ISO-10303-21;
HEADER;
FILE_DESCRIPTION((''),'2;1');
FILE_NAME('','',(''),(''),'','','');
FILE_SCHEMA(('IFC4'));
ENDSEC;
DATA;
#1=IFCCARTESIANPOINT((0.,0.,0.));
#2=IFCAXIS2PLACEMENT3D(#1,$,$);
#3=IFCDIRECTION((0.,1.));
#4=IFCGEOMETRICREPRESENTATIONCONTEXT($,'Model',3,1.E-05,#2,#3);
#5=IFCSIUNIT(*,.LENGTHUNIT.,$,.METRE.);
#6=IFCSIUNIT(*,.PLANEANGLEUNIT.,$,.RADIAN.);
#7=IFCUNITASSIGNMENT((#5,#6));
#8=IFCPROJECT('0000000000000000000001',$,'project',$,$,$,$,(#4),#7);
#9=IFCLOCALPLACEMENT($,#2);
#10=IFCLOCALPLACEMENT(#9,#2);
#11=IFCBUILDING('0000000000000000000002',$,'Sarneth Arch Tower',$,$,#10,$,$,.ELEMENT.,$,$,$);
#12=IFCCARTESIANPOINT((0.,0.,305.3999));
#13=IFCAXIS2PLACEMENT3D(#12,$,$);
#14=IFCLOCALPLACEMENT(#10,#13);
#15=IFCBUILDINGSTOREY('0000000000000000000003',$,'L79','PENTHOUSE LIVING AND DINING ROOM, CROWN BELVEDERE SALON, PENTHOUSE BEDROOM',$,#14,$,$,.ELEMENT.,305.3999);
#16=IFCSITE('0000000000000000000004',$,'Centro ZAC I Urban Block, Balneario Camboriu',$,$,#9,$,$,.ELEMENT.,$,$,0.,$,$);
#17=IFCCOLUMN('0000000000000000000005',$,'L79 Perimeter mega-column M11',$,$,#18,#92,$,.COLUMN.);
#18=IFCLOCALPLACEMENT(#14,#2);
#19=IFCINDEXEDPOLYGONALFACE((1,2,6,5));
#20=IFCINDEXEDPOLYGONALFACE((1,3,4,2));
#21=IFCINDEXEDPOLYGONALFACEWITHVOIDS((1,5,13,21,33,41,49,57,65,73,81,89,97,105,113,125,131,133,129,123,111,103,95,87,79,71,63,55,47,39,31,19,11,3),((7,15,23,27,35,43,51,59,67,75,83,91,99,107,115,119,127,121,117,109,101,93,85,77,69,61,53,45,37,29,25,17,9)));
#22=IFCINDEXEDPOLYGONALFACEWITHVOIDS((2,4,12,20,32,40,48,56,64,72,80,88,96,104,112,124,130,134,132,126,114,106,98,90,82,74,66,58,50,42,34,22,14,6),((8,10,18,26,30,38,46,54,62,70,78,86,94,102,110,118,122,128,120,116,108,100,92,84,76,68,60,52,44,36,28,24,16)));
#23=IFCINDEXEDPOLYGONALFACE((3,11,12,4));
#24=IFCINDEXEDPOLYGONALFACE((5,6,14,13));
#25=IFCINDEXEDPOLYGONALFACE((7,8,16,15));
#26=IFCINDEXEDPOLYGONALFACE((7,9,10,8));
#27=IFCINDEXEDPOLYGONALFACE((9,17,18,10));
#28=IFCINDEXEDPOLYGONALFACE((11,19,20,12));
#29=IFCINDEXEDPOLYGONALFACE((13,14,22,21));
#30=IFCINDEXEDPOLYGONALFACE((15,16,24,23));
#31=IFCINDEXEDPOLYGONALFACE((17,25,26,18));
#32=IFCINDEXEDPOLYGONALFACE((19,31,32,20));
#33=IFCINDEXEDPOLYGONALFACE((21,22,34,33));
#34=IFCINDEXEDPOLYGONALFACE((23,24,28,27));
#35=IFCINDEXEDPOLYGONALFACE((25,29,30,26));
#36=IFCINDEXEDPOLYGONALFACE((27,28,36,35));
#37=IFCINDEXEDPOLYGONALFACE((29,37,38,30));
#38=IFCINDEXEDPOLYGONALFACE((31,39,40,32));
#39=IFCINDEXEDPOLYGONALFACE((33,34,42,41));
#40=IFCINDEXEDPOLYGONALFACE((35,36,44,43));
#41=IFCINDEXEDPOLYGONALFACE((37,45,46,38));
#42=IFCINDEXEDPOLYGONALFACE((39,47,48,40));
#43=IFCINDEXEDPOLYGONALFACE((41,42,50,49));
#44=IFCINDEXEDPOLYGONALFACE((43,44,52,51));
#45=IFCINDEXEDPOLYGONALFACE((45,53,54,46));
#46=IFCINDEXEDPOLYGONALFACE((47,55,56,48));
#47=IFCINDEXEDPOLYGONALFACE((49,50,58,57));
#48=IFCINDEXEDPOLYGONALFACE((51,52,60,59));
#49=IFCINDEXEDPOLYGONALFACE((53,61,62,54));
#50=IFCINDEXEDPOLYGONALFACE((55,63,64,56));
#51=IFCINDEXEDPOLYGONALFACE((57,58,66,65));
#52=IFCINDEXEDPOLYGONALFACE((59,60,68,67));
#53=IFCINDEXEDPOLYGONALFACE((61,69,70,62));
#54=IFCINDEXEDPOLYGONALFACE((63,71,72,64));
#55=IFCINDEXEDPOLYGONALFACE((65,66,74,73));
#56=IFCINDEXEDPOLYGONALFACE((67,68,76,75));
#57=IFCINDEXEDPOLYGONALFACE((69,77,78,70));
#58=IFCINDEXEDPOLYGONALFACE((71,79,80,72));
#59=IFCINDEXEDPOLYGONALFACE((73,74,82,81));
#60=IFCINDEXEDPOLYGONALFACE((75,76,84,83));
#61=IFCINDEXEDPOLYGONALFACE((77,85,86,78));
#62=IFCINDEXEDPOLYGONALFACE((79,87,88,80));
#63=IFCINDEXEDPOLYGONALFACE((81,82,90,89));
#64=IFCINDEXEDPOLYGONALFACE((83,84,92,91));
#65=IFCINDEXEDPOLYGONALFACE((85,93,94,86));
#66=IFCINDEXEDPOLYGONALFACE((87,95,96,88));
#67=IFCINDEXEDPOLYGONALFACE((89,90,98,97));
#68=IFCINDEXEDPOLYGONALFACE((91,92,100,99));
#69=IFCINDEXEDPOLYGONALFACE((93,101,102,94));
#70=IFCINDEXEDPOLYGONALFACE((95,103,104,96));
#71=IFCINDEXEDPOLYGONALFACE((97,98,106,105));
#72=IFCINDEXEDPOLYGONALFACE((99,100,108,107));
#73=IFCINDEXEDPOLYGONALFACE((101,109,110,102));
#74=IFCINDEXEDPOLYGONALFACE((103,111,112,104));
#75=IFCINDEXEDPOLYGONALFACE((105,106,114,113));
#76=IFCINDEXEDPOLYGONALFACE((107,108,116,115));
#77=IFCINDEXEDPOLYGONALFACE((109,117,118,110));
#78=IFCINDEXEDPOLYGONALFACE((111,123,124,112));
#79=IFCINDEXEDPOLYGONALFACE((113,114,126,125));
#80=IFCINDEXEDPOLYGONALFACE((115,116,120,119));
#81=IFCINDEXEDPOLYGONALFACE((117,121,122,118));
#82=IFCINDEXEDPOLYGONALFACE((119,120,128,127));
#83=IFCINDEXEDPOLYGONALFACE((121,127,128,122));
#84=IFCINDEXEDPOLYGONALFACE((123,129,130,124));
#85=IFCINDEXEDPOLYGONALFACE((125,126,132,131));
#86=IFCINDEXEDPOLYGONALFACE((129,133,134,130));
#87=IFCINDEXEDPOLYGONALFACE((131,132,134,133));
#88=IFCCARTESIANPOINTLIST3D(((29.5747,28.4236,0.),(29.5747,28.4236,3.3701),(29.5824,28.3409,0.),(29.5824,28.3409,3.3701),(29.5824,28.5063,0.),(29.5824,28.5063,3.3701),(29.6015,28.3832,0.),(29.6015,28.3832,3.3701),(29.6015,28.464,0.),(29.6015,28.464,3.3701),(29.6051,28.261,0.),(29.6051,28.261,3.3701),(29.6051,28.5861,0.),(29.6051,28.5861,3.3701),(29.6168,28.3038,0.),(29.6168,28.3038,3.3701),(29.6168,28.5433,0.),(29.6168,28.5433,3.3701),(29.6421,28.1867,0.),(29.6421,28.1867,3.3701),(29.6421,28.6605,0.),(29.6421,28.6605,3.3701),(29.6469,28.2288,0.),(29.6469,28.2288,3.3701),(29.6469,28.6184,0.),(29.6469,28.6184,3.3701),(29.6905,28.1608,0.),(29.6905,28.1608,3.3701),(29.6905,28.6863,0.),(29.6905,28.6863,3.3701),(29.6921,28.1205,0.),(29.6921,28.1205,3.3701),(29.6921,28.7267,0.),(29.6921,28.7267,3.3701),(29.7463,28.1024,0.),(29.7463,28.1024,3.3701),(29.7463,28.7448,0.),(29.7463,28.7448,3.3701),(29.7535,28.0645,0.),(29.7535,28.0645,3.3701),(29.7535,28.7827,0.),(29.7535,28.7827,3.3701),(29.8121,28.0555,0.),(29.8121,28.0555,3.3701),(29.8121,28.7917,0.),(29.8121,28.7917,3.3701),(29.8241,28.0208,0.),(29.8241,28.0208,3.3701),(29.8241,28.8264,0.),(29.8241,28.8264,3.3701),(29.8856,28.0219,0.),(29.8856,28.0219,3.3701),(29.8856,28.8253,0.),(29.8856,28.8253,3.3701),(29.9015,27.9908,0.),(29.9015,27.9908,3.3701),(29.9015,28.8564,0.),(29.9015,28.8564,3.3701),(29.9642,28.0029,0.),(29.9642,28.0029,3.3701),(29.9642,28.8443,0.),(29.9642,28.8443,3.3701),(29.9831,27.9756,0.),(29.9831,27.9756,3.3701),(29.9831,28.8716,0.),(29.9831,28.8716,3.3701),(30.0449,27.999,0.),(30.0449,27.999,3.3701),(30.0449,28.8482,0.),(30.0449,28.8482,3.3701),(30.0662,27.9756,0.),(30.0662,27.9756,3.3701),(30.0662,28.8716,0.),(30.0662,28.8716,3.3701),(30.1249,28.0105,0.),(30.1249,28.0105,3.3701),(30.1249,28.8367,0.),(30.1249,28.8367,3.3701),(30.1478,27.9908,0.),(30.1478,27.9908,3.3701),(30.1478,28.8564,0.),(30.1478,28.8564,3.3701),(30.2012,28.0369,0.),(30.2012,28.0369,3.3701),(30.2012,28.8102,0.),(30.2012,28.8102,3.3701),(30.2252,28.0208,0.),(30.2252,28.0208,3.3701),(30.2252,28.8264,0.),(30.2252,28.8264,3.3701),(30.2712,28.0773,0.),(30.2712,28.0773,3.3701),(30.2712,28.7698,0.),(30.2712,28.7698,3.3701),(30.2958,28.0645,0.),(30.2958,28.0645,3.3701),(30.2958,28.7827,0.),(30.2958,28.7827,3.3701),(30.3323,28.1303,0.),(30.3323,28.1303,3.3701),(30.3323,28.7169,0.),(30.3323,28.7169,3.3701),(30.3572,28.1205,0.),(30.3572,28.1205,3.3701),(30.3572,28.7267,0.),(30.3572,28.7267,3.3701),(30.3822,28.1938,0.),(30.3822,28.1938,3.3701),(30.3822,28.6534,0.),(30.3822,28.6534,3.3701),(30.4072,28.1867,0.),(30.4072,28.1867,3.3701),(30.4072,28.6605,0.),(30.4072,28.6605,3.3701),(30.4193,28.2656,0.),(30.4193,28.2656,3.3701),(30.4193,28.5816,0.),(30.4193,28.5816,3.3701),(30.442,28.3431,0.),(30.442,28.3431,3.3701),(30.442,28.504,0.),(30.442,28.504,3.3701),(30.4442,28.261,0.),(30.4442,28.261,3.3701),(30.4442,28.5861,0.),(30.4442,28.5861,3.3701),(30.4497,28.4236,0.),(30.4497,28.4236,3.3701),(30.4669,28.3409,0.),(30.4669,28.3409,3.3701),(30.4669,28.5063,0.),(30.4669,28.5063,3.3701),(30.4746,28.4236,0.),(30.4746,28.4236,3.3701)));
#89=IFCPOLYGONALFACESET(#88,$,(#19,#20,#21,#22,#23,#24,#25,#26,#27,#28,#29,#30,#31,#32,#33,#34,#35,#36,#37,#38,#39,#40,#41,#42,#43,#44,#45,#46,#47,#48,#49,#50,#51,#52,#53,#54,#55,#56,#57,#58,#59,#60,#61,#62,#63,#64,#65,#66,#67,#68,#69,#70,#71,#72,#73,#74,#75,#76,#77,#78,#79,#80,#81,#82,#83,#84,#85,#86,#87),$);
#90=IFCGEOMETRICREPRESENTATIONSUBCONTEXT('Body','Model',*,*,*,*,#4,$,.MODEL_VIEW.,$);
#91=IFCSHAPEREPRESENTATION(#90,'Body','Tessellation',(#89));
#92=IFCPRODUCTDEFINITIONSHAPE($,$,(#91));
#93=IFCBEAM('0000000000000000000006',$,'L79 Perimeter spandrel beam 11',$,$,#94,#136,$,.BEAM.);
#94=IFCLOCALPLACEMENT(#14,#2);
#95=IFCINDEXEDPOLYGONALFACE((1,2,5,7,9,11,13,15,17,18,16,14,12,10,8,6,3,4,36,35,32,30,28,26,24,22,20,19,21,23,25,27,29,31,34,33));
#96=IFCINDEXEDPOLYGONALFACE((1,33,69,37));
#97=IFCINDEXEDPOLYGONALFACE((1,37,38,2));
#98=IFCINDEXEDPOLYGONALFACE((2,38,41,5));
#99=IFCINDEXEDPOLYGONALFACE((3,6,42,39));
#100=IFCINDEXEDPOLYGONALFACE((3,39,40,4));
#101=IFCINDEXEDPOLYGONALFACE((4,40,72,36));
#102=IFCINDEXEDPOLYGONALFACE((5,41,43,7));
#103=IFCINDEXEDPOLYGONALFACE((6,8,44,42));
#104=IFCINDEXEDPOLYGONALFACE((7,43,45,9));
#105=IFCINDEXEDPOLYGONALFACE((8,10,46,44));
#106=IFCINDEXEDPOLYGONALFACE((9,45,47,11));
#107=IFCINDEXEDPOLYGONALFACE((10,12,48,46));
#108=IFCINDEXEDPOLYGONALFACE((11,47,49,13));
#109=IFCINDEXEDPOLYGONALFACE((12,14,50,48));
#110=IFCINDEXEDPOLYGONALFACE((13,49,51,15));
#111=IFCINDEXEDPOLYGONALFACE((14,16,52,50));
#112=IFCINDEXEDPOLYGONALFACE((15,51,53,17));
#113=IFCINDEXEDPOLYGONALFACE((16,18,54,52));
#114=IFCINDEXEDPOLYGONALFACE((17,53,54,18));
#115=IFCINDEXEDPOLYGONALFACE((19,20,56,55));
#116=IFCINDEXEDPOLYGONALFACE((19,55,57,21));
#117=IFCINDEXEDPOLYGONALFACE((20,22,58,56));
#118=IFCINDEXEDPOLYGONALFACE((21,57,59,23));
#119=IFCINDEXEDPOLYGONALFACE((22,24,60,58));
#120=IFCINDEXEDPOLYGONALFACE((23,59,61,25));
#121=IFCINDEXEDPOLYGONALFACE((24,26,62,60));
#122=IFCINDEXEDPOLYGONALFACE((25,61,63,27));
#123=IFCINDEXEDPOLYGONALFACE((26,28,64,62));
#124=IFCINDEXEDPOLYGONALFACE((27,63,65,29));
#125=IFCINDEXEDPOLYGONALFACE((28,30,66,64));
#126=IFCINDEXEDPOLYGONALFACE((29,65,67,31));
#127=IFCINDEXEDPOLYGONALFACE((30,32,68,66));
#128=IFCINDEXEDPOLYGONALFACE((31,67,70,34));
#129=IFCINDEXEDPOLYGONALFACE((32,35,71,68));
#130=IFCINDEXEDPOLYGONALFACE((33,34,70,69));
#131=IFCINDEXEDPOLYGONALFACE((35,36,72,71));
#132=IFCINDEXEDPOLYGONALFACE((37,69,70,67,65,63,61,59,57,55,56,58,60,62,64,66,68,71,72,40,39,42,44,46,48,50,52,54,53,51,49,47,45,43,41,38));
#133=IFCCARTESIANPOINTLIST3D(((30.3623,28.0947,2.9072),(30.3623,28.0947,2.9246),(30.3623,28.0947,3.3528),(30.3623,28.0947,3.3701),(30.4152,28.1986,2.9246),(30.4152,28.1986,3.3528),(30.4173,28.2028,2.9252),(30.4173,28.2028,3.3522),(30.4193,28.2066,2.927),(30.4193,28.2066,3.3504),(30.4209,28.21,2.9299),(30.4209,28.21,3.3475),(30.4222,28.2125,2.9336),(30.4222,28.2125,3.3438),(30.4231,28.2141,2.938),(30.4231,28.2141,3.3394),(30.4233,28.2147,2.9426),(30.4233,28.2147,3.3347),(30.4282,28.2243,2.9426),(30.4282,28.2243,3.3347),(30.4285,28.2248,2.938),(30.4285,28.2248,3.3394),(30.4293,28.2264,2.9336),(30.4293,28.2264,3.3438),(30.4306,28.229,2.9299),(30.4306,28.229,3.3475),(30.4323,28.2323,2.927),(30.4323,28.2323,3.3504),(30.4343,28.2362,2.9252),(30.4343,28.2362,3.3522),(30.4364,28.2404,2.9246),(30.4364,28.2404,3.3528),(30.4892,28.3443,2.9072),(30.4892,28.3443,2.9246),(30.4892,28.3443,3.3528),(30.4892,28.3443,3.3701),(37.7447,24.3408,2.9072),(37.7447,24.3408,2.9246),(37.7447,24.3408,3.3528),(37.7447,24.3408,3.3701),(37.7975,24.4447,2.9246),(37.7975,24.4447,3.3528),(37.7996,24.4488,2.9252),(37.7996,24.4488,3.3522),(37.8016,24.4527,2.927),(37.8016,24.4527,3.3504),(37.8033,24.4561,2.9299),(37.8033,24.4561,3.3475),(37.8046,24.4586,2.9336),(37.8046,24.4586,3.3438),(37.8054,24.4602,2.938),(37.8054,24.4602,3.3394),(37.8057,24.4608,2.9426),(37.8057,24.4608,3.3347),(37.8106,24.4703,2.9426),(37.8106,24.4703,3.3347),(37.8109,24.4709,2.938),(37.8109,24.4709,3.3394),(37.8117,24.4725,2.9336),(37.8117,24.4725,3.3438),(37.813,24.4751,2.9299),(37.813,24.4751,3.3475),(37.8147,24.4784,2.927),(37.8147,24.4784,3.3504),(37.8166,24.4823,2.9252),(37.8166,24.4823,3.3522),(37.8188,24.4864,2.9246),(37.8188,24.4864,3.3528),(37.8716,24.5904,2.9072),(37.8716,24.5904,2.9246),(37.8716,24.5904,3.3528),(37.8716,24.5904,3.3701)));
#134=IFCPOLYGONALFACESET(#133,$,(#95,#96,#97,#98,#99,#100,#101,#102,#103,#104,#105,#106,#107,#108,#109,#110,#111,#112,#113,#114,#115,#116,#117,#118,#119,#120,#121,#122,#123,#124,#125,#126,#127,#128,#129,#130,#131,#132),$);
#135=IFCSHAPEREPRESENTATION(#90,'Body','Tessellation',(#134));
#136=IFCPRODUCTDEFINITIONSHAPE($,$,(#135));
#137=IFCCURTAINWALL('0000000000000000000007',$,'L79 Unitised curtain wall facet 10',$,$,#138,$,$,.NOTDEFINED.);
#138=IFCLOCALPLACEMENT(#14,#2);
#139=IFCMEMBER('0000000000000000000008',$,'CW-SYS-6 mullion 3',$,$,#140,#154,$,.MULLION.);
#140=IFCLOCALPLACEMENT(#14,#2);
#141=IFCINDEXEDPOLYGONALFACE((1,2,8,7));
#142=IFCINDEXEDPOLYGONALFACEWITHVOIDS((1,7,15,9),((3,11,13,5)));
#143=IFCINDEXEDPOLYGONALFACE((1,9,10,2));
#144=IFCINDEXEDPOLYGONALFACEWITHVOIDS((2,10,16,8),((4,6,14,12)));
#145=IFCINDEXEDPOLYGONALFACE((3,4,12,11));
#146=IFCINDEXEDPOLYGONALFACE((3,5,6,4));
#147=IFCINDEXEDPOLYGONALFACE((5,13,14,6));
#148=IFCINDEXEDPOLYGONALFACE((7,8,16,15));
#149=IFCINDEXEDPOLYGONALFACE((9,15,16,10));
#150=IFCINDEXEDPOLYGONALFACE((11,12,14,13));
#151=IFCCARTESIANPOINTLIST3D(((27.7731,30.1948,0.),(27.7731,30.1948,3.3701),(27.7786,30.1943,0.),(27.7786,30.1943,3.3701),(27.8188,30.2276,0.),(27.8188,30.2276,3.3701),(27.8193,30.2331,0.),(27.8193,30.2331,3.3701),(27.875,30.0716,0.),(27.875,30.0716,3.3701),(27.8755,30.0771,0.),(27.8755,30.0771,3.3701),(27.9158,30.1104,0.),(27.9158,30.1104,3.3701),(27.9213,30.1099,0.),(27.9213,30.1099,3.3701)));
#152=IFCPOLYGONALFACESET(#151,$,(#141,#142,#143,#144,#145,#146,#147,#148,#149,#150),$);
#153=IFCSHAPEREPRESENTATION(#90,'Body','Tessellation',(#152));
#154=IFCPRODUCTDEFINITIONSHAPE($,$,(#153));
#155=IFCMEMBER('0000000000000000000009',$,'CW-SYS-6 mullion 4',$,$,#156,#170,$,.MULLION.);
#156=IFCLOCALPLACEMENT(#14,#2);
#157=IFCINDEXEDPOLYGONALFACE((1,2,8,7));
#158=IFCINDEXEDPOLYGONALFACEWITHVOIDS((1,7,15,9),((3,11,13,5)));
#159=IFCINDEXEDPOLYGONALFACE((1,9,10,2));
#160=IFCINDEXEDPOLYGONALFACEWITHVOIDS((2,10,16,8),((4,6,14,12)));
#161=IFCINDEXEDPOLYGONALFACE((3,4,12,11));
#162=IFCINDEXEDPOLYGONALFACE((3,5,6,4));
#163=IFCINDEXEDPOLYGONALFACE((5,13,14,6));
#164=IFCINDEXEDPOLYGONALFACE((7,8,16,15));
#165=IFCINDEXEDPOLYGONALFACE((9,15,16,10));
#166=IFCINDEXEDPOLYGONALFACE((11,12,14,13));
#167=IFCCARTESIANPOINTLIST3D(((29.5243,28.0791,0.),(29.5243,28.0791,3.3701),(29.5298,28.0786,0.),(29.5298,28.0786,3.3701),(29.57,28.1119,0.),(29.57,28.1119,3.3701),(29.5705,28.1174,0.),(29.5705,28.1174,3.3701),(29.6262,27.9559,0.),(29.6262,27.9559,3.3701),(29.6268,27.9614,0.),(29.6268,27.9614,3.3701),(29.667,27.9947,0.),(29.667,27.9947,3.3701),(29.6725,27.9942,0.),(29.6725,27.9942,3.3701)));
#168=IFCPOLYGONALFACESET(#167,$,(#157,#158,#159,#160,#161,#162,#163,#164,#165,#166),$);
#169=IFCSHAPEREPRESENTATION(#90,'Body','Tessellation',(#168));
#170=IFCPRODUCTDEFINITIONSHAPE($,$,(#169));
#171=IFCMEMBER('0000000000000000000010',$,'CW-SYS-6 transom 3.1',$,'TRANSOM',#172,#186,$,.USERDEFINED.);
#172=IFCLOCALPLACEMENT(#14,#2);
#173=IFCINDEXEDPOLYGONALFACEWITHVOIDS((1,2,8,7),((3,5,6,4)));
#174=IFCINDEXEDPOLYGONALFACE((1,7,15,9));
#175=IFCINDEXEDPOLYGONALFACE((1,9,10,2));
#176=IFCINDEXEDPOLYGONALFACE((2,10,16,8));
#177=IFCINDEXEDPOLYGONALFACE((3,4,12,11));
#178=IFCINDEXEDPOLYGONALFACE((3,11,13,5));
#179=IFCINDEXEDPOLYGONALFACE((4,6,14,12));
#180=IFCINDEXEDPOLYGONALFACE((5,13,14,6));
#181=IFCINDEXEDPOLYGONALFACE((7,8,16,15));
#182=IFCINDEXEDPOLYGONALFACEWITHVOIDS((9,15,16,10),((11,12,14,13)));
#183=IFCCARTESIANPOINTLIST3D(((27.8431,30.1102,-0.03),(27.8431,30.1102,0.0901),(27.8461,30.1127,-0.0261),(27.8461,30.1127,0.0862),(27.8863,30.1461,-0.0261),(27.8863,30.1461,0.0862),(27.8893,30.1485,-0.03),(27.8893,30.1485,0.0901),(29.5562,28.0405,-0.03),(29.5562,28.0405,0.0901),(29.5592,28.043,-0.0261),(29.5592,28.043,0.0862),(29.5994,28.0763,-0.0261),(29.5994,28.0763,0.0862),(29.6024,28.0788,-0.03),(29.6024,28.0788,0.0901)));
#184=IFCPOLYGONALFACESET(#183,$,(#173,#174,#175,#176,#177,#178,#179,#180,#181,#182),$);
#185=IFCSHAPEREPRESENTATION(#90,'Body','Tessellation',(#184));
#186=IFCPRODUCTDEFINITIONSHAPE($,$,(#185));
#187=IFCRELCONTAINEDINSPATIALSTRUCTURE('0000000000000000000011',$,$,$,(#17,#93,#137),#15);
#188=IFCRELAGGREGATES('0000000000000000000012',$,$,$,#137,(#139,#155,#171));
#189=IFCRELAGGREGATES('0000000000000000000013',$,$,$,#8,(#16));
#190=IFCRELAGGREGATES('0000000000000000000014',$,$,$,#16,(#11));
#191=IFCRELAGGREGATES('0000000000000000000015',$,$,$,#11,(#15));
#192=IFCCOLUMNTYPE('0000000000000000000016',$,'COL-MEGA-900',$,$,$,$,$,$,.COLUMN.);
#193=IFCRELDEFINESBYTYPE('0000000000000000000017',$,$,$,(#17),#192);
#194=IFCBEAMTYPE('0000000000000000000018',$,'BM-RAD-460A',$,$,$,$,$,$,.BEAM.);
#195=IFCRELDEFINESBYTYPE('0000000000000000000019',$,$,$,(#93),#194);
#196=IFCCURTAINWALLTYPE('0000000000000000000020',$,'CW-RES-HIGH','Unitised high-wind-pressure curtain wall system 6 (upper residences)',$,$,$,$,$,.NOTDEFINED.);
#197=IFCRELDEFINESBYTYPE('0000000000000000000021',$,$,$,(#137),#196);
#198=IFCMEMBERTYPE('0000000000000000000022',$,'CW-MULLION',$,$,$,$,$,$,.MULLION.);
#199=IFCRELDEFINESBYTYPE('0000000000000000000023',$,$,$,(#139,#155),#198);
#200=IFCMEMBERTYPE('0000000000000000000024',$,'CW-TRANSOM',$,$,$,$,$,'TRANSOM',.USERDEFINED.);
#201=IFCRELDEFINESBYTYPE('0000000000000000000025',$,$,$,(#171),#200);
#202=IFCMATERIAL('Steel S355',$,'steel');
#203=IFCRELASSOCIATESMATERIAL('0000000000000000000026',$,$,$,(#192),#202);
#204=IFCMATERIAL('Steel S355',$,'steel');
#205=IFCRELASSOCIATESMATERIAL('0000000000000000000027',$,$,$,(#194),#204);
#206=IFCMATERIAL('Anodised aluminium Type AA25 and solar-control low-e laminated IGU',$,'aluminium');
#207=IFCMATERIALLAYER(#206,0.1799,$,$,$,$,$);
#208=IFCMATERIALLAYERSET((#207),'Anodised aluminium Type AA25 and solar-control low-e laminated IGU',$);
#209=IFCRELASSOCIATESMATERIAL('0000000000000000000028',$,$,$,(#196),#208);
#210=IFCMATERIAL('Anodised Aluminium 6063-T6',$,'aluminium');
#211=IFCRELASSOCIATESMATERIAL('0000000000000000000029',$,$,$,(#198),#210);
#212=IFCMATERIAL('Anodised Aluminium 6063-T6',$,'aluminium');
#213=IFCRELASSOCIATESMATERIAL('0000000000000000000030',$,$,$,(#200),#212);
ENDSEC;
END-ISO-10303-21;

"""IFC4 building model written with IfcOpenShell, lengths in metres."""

from ifc_helpers import new_model, si_unit, direction, frame, origin, origin_2d, place, context, subcontext, project, spatial, hollow_rectangle, hollow_circle, i_section, extrude, material, layer, layer_set, material_profile, profile_set, type_object, element, aggregate, save


model = new_model("IFC4")

# Units and contexts
model_context = context("Model", 3, precision=1e-05, world=origin(), true_north=direction((0.0, 1.0)))
body_context = subcontext(model_context, "Body", "Model", "MODEL_VIEW")
ifc_project = project(units=[si_unit("LENGTHUNIT", "METRE"), si_unit("PLANEANGLEUNIT", "RADIAN")], contexts=[model_context])

# Site, building, storey
site_placement = place(None, origin())
site = spatial("IfcSite", under=ifc_project, at=site_placement, Name="Centro ZAC I Urban Block, Balneario Camboriu", CompositionType="ELEMENT", RefElevation=0.0)
building_placement = place(site_placement, origin())
building = spatial("IfcBuilding", under=site, at=building_placement, Name="Sarneth Arch Tower", CompositionType="ELEMENT")
storey_placement = place(building_placement, frame((0.0, 0.0, 305.3999)))
storey = spatial("IfcBuildingStorey", under=building, at=storey_placement, Name="L79", Description="PENTHOUSE LIVING AND DINING ROOM, CROWN BELVEDERE SALON, PENTHOUSE BEDROOM", CompositionType="ELEMENT", Elevation=305.3999)

# Column
ifc_material_1 = material(Name="Steel S355", Category="steel")
ifc_material_profile_1 = material_profile(ifc_material_1, hollow_circle(Radius=0.45, WallThickness=0.0249, at=origin_2d()), Name="CHS900x25")
ifc_profile_set_1 = profile_set([ifc_material_profile_1], Name="Steel S355")
column_type = type_object("IfcColumnType", Name="COL-MEGA-900", PredefinedType="COLUMN", material=ifc_profile_set_1)
column_placement = place(storey_placement, frame((30.0247, 28.4236, 0.0), z_axis=(0.0, 0.0, 1.0), x_axis=(1.0, 0.0, 0.0)))
element("IfcColumn", 1, at=column_placement, inside=storey, type_object=column_type, Name="L79 Perimeter mega-column M11", PredefinedType="COLUMN", context=body_context, shape_type="SweptSolid", body=[
    extrude(hollow_circle(Radius=0.45, WallThickness=0.0249, at=origin_2d()), origin(), (0.0, 0.0, 1.0), 3.3701),
])

# Beam
ifc_material_2 = material(Name="Steel S355", Category="steel")
ifc_material_profile_2 = material_profile(ifc_material_2, i_section(OverallWidth=0.28, OverallDepth=0.4629, WebThickness=0.0107, FlangeThickness=0.0173, FilletRadius=0.0181, at=origin_2d()), Name="W460x113")
ifc_profile_set_2 = profile_set([ifc_material_profile_2], Name="Steel S355")
beam_type = type_object("IfcBeamType", Name="BM-RAD-460A", PredefinedType="BEAM", material=ifc_profile_set_2)
beam_placement = place(storey_placement, frame((30.4258, 28.2195, 3.1387), z_axis=(0.891376, -0.453264, 0.0), x_axis=(0.453264, 0.891376, 0.0)))
element("IfcBeam", 2, at=beam_placement, inside=storey, type_object=beam_type, Name="L79 Perimeter spandrel beam 11", PredefinedType="BEAM", context=body_context, shape_type="SweptSolid", body=[
    extrude(i_section(OverallWidth=0.28, OverallDepth=0.4629, WebThickness=0.0107, FlangeThickness=0.0173, FilletRadius=0.0181, at=origin_2d()), origin(), (0.0, 0.0, 1.0), 8.282),
])

# Curtain wall, members
ifc_material_3 = material(Name="Anodised aluminium Type AA25 and solar-control low-e laminated IGU", Category="aluminium")
ifc_layer_1 = layer(ifc_material_3, 0.1799)
ifc_layer_set_1 = layer_set([ifc_layer_1], Name="Anodised aluminium Type AA25 and solar-control low-e laminated IGU")
curtain_wall_type = type_object("IfcCurtainWallType", Name="CW-RES-HIGH", Description="Unitised high-wind-pressure curtain wall system 6 (upper residences)", PredefinedType="NOTDEFINED", material=ifc_layer_set_1)
curtain_wall_placement = place(storey_placement, origin())
curtain_wall = element("IfcCurtainWall", 3, at=curtain_wall_placement, inside=storey, type_object=curtain_wall_type, Name="L79 Unitised curtain wall facet 10", PredefinedType="NOTDEFINED")
ifc_material_4 = material(Name="Anodised Aluminium 6063-T6", Category="aluminium")
ifc_material_profile_3 = material_profile(ifc_material_4, hollow_rectangle(XDim=0.0601, YDim=0.1599, WallThickness=0.0039, at=origin_2d()), Name="AL-MULL-160x60x4")
ifc_profile_set_3 = profile_set([ifc_material_profile_3], Name="Anodised Aluminium 6063-T6")
member_type_1 = type_object("IfcMemberType", Name="CW-MULLION", PredefinedType="MULLION", material=ifc_profile_set_3)
member_1_placement = place(storey_placement, frame((27.8472, 30.1523, 0.0), z_axis=(0.0, 0.0, 1.0), x_axis=(0.770359, 0.63761, 0.0)))
member_1 = element("IfcMember", 4, at=member_1_placement, type_object=member_type_1, Name="CW-SYS-6 mullion 3", PredefinedType="MULLION", context=body_context, shape_type="SweptSolid", body=[
    extrude(hollow_rectangle(XDim=0.0601, YDim=0.1599, WallThickness=0.0039, at=origin_2d()), origin(), (0.0, 0.0, 1.0), 3.3701),
])
member_2_placement = place(storey_placement, frame((29.5984, 28.0366, 0.0), z_axis=(0.0, 0.0, 1.0), x_axis=(0.770359, 0.63761, 0.0)))
member_2 = element("IfcMember", 5, at=member_2_placement, type_object=member_type_1, Name="CW-SYS-6 mullion 4", PredefinedType="MULLION", context=body_context, shape_type="SweptSolid", body=[
    extrude(hollow_rectangle(XDim=0.0601, YDim=0.1599, WallThickness=0.0039, at=origin_2d()), origin(), (0.0, 0.0, 1.0), 3.3701),
])
ifc_material_5 = material(Name="Anodised Aluminium 6063-T6", Category="aluminium")
ifc_material_profile_4 = material_profile(ifc_material_5, hollow_rectangle(XDim=0.0601, YDim=0.1201, WallThickness=0.0039, at=origin_2d()), Name="AL-TRAN-120x60x4")
ifc_profile_set_4 = profile_set([ifc_material_profile_4], Name="Anodised Aluminium 6063-T6")
member_type_2 = type_object("IfcMemberType", Name="CW-TRANSOM", ElementType="TRANSOM", PredefinedType="USERDEFINED", material=ifc_profile_set_4)
member_3_placement = place(storey_placement, frame((27.8662, 30.1294, 0.03), z_axis=(0.637607, -0.770362, 0.0), x_axis=(0.770362, 0.637607, 0.0)))
member_3 = element("IfcMember", 6, at=member_3_placement, type_object=member_type_2, Name="CW-SYS-6 transom 3.1", ObjectType="TRANSOM", PredefinedType="USERDEFINED", context=body_context, shape_type="SweptSolid", body=[
    extrude(hollow_rectangle(XDim=0.0601, YDim=0.1201, WallThickness=0.0039, at=origin_2d()), origin(), (0.0, 0.0, 1.0), 2.6868),
])

aggregate(curtain_wall, [member_1, member_2, member_3])

save(model, "model.ifc")
